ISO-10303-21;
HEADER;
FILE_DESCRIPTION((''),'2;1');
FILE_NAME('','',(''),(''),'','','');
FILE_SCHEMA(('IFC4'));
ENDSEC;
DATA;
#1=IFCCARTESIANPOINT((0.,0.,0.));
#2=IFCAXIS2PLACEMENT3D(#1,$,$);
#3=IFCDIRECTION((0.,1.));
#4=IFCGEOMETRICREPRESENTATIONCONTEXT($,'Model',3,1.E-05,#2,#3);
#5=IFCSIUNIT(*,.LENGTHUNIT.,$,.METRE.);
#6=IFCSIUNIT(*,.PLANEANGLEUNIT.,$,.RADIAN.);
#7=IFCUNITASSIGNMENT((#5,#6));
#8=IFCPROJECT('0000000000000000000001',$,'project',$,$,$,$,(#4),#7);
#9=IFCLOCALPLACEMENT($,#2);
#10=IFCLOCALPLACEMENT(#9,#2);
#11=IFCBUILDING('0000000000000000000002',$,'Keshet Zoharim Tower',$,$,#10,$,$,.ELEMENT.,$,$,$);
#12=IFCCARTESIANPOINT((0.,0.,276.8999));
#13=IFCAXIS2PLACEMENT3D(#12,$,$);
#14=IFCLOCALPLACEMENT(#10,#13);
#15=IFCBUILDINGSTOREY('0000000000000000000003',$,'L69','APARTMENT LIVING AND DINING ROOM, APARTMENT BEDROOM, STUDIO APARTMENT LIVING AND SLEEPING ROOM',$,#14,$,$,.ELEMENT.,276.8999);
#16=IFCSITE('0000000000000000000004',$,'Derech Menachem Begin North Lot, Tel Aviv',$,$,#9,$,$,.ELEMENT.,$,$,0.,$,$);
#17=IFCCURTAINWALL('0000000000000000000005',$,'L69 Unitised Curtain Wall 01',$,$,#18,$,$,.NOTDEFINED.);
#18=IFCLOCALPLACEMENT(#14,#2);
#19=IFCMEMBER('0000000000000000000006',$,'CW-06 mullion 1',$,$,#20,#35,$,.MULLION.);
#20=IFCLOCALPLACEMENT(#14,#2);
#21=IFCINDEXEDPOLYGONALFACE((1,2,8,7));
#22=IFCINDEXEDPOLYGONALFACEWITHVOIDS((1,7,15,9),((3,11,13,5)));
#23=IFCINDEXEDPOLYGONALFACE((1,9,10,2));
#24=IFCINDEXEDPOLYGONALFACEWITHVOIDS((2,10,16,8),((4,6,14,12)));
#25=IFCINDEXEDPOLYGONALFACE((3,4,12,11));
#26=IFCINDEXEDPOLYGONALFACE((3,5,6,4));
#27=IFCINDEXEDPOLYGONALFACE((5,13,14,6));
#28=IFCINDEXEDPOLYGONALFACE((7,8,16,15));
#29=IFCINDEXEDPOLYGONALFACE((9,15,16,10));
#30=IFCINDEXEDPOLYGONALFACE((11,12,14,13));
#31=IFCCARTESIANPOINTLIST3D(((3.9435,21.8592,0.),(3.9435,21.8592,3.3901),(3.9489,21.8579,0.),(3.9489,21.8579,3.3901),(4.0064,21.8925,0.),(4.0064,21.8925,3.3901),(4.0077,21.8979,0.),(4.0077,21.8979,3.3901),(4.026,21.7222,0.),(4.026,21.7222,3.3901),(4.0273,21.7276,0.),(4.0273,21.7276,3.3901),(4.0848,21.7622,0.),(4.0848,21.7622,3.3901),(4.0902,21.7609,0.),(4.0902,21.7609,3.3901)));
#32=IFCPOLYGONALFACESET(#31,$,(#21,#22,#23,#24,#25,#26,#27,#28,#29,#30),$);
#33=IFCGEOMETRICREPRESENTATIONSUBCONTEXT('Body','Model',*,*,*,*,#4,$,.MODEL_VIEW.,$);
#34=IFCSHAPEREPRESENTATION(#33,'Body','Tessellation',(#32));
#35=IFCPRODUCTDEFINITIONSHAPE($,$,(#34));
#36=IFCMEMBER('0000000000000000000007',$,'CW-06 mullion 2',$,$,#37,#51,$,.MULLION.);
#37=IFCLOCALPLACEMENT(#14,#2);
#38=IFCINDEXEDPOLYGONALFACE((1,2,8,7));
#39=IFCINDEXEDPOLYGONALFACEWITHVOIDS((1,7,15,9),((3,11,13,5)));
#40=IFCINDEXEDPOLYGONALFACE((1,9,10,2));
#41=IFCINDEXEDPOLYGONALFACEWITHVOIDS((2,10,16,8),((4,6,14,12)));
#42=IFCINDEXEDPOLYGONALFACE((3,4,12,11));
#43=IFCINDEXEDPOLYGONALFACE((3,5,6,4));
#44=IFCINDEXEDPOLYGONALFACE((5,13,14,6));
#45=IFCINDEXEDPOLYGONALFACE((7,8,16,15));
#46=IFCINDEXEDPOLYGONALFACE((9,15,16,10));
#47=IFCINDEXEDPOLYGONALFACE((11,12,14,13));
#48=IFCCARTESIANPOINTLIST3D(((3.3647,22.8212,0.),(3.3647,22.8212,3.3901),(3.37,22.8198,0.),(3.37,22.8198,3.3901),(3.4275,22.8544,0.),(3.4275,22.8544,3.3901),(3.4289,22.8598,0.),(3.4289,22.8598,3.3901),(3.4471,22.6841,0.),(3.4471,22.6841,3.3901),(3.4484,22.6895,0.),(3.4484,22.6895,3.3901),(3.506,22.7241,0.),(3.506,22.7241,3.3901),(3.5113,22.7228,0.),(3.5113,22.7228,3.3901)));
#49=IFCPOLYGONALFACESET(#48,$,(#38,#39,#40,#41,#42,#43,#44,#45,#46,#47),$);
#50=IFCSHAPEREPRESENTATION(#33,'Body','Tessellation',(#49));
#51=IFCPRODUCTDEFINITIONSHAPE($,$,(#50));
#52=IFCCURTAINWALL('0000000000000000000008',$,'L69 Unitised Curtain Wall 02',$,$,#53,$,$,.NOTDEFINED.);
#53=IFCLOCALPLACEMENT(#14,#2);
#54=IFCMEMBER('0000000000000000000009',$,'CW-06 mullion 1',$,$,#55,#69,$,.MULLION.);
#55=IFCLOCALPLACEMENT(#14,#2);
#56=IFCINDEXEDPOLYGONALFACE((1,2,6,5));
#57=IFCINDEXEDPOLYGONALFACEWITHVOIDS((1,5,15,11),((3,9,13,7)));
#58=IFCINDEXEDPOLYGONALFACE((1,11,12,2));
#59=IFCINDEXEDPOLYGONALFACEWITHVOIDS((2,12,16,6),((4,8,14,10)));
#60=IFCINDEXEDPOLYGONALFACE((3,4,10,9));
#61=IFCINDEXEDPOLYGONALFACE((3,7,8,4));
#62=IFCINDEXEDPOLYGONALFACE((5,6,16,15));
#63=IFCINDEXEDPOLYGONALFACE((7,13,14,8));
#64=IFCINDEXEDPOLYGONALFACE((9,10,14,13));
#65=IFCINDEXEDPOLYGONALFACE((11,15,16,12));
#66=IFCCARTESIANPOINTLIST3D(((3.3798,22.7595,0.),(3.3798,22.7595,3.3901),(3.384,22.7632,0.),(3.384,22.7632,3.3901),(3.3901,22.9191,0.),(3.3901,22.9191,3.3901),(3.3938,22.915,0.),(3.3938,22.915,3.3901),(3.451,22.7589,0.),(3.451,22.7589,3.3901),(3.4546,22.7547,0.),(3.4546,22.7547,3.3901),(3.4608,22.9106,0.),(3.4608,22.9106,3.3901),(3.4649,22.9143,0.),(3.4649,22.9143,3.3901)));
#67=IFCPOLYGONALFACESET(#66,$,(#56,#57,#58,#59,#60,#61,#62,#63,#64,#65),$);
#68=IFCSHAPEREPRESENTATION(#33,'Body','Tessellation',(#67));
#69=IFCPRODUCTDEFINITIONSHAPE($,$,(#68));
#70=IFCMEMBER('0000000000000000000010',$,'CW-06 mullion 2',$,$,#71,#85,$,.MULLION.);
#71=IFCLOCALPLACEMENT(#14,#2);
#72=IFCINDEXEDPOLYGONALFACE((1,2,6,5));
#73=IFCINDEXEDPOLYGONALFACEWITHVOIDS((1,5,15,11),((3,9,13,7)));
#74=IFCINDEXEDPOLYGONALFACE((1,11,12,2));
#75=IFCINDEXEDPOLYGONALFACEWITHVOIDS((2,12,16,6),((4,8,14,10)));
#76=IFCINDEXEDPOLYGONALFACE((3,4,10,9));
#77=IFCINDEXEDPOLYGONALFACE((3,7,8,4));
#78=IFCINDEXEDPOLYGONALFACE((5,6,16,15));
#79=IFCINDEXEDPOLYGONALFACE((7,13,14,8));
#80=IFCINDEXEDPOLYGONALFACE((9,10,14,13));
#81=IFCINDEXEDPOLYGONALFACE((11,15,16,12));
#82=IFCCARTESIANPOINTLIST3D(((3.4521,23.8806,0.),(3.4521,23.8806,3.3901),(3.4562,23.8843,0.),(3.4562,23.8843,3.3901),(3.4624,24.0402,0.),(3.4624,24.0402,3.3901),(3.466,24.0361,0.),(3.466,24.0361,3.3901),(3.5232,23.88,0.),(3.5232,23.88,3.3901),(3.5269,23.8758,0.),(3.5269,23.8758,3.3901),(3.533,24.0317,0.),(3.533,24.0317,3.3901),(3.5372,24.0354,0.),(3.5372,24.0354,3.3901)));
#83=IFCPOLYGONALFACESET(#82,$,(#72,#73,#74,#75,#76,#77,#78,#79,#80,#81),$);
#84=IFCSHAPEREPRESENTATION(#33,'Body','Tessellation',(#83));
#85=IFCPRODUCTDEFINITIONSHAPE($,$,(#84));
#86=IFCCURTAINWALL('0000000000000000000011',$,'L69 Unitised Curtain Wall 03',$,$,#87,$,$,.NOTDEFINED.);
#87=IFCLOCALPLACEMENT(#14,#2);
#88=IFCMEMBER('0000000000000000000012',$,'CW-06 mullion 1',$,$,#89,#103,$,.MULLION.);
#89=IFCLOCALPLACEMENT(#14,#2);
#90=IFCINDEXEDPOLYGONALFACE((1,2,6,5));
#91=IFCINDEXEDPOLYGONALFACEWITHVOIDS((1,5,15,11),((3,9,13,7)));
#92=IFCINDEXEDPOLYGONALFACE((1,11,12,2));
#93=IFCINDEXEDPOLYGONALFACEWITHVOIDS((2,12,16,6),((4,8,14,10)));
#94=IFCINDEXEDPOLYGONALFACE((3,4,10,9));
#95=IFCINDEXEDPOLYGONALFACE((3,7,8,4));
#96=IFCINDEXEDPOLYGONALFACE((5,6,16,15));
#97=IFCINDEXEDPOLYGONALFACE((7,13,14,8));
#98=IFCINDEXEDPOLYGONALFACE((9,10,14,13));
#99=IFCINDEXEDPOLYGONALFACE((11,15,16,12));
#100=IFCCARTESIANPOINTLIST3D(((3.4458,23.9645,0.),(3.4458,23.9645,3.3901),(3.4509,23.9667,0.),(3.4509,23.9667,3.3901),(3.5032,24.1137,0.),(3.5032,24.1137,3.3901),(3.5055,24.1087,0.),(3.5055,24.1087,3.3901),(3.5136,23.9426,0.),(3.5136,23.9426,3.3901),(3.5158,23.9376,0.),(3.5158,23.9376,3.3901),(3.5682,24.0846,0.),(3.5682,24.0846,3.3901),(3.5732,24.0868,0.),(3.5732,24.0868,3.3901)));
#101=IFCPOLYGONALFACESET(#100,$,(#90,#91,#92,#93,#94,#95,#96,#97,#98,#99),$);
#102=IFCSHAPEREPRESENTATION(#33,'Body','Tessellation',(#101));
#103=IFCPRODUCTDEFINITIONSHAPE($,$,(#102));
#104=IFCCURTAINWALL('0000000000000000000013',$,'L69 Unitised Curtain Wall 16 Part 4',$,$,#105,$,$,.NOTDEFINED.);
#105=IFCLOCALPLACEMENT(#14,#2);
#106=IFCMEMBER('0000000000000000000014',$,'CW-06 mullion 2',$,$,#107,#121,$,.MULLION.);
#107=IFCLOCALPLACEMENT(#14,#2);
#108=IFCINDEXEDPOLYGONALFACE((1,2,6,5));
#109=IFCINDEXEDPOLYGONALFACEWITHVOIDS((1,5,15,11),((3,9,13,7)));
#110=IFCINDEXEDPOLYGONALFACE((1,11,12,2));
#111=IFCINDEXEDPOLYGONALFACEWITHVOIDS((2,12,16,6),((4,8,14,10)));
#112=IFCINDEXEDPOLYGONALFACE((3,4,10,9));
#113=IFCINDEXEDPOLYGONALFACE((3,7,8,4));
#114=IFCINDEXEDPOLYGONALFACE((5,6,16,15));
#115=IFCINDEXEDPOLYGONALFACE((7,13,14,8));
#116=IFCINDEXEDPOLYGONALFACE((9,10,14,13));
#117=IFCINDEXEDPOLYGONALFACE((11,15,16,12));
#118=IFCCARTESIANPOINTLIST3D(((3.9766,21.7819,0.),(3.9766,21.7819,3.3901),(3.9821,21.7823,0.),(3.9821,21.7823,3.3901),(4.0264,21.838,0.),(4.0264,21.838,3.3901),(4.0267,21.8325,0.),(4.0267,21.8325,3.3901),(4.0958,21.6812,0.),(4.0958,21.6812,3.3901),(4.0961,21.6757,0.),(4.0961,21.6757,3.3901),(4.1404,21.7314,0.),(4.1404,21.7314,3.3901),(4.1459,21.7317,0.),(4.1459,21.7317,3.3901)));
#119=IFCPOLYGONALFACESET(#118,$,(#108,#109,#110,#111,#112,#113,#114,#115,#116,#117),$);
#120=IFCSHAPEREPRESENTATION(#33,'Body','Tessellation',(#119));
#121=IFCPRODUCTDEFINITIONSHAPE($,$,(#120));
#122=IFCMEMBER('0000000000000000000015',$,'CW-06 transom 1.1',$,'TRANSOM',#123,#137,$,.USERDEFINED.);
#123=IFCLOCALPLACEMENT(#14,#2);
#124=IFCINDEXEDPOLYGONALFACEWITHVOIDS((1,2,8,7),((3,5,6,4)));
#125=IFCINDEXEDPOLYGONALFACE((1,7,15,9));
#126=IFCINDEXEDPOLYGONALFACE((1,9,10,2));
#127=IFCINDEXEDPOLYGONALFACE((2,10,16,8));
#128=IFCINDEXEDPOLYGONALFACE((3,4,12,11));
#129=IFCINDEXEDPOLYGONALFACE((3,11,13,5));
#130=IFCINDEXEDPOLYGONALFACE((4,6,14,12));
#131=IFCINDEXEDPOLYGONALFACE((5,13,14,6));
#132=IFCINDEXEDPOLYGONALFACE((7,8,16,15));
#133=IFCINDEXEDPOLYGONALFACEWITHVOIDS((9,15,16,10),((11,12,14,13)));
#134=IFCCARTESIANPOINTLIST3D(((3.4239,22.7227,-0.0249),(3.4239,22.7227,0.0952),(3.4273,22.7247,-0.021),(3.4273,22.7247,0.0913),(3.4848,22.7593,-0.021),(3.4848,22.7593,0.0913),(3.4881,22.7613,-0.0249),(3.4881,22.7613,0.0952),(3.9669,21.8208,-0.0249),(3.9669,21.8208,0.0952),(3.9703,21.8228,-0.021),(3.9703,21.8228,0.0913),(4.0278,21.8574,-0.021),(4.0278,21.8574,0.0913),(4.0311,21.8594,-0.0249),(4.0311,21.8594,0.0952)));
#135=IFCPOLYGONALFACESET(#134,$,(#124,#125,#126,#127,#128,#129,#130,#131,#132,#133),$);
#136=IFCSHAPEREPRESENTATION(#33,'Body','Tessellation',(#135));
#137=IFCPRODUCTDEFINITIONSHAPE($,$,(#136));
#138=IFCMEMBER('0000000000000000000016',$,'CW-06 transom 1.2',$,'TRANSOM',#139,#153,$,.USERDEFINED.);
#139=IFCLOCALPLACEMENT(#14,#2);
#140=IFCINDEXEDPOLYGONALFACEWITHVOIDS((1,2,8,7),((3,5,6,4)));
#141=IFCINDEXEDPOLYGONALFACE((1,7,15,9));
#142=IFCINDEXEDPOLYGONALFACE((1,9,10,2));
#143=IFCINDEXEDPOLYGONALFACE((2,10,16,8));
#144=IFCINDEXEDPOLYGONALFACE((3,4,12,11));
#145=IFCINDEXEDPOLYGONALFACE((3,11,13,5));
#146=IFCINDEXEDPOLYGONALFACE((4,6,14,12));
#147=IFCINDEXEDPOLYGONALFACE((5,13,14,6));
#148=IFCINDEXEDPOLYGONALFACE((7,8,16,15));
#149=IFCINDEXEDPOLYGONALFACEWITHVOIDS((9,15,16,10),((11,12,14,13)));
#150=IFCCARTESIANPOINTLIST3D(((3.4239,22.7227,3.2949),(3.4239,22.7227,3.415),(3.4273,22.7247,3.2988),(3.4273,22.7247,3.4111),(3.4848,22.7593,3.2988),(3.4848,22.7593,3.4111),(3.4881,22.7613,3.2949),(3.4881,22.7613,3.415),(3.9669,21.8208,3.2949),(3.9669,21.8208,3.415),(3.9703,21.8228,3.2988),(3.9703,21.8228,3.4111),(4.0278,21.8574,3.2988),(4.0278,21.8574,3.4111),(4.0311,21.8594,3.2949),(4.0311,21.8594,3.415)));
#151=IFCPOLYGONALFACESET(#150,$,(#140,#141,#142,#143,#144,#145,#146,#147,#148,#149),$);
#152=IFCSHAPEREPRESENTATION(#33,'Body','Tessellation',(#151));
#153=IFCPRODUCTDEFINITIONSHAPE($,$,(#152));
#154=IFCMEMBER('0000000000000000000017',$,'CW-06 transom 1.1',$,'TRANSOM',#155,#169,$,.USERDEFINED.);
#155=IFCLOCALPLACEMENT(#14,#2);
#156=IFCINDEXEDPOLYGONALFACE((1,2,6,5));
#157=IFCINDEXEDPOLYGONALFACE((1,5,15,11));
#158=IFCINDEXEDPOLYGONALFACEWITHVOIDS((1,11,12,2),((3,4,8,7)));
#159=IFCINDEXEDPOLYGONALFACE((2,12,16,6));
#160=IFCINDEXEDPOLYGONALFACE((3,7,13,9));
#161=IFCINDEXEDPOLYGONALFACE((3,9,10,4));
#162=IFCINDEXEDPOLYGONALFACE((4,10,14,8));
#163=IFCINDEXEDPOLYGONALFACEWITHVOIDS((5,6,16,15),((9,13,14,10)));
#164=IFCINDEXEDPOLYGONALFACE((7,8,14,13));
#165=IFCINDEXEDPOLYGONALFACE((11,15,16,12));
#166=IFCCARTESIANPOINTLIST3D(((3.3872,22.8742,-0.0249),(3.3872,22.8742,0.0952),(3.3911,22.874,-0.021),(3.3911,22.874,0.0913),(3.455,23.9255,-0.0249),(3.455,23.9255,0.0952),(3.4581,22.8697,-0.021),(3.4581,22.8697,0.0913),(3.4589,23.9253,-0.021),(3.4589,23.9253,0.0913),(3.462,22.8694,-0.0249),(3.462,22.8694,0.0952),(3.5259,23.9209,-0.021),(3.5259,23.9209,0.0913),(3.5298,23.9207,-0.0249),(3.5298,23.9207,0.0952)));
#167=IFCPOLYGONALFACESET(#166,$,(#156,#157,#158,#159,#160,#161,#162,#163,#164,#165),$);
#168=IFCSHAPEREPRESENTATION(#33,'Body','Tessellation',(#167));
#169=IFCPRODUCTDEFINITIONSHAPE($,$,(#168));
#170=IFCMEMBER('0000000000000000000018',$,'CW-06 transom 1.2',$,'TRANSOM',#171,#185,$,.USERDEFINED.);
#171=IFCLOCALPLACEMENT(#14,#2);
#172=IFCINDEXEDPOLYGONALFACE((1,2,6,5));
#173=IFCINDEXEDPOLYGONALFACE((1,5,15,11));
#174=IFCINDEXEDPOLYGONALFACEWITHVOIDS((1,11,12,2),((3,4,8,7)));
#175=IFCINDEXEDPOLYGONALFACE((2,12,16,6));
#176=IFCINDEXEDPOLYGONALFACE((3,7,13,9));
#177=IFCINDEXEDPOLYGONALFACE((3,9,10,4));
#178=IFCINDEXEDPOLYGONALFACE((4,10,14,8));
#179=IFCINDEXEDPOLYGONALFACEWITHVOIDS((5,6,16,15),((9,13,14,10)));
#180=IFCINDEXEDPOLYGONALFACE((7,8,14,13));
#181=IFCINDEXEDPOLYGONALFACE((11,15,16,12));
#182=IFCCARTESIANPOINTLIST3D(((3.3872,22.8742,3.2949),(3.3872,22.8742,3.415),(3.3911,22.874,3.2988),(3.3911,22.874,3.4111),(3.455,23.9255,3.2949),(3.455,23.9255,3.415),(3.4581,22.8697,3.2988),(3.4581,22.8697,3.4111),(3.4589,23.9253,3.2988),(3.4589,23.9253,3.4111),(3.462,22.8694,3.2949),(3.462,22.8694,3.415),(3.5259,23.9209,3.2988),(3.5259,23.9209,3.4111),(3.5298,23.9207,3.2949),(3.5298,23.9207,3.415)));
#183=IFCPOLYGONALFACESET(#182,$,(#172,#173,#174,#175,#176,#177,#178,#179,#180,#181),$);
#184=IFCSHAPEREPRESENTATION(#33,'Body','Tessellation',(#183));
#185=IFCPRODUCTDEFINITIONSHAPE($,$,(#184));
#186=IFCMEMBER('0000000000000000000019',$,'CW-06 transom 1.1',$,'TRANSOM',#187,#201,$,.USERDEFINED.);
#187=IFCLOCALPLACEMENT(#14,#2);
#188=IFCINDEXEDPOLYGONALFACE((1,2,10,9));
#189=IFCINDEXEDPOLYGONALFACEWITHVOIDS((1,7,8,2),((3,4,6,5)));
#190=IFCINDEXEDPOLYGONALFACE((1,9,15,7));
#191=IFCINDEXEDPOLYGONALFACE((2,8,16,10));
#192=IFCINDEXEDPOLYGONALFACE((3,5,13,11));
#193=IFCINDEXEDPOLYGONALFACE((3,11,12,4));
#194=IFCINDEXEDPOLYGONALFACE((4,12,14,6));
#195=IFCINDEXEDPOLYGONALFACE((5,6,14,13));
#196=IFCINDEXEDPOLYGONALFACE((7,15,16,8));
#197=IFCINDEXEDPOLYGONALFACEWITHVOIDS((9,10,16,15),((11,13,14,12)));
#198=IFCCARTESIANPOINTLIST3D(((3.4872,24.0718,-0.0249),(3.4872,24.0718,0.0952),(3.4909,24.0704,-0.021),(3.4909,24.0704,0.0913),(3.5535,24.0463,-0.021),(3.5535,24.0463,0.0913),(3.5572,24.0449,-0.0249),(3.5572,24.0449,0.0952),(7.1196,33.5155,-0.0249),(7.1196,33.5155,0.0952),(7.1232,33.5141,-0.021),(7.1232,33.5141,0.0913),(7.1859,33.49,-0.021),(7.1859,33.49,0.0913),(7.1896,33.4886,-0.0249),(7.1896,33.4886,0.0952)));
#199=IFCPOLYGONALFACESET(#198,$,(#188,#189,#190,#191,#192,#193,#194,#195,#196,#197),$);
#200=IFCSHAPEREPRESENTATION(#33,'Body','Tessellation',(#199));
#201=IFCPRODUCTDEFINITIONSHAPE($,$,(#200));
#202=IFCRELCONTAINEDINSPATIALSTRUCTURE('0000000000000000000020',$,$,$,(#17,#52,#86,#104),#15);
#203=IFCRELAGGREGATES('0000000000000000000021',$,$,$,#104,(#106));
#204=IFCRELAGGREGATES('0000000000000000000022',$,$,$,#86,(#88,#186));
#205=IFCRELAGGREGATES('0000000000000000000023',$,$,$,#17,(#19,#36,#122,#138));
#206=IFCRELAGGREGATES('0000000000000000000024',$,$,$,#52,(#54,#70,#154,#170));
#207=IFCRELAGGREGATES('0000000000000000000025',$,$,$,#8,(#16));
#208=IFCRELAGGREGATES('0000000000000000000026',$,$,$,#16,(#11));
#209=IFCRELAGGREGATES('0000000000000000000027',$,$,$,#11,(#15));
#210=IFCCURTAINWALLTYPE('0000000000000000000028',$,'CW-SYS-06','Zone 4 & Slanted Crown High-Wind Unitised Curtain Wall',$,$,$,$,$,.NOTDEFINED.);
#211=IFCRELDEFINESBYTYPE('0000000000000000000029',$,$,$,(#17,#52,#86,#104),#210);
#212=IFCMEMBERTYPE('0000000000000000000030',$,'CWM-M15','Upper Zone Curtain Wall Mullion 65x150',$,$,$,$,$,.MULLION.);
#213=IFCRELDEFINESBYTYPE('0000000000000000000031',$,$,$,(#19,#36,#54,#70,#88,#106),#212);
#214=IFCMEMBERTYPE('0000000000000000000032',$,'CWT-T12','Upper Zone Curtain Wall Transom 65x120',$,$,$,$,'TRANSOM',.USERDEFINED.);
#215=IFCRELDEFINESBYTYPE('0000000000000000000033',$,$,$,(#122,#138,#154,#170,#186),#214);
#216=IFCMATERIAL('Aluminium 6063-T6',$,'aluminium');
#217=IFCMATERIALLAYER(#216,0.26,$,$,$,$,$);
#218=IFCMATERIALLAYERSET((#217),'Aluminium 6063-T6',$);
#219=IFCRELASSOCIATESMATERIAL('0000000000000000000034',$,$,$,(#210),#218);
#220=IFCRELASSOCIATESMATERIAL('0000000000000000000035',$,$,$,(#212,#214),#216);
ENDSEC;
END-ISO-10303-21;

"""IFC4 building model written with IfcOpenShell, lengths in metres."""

from ifc_helpers import new_model, si_unit, direction, frame, origin, origin_2d, place, context, subcontext, project, spatial, hollow_rectangle, extrude, material, layer, layer_set, material_profile, profile_set, type_object, element, aggregate, save


model = new_model("IFC4")

# Units and contexts
model_context = context("Model", 3, precision=1e-05, world=origin(), true_north=direction((0.0, 1.0)))
body_context = subcontext(model_context, "Body", "Model", "MODEL_VIEW")
ifc_project = project(units=[si_unit("LENGTHUNIT", "METRE"), si_unit("PLANEANGLEUNIT", "RADIAN")], contexts=[model_context])

# Site, building, storey
site_placement = place(None, origin())
site = spatial("IfcSite", under=ifc_project, at=site_placement, Name="Derech Menachem Begin North Lot, Tel Aviv", CompositionType="ELEMENT", RefElevation=0.0)
building_placement = place(site_placement, origin())
building = spatial("IfcBuilding", under=site, at=building_placement, Name="Keshet Zoharim Tower", CompositionType="ELEMENT")
storey_placement = place(building_placement, frame((0.0, 0.0, 276.8999)))
storey = spatial("IfcBuildingStorey", under=building, at=storey_placement, Name="L69", Description="APARTMENT LIVING AND DINING ROOM, APARTMENT BEDROOM, STUDIO APARTMENT LIVING AND SLEEPING ROOM", CompositionType="ELEMENT", Elevation=276.8999)

# Curtain walls, members
ifc_material_1 = material(Name="Aluminium 6063-T6", Category="aluminium")
ifc_layer_1 = layer(ifc_material_1, 0.26)
ifc_layer_set_1 = layer_set([ifc_layer_1], Name="Aluminium 6063-T6")
curtain_wall_type = type_object("IfcCurtainWallType", Name="CW-SYS-06", Description="Zone 4 & Slanted Crown High-Wind Unitised Curtain Wall", PredefinedType="NOTDEFINED", material=ifc_layer_set_1)
curtain_wall_1_placement = place(storey_placement, origin())
curtain_wall_1 = element("IfcCurtainWall", 1, at=curtain_wall_1_placement, inside=storey, type_object=curtain_wall_type, Name="L69 Unitised Curtain Wall 01", PredefinedType="NOTDEFINED")
ifc_material_profile_1 = material_profile(ifc_material_1, hollow_rectangle(XDim=0.075, YDim=0.1599, WallThickness=0.0039, at=origin_2d()), Name="MUL-75x160")
ifc_profile_set_1 = profile_set([ifc_material_profile_1], Name="Aluminium 6063-T6")
member_type_1 = type_object("IfcMemberType", Name="CWM-M15", Description="Upper Zone Curtain Wall Mullion 65x150", PredefinedType="MULLION", material=ifc_profile_set_1)
member_1_placement = place(storey_placement, frame((4.0168, 21.8101, 0.0), z_axis=(0.0, 0.0, 1.0), x_axis=(-0.856826, -0.515605, 0.0)))
member_1 = element("IfcMember", 2, at=member_1_placement, type_object=member_type_1, Name="CW-06 mullion 1", PredefinedType="MULLION", context=body_context, shape_type="SweptSolid", body=[
    extrude(hollow_rectangle(XDim=0.075, YDim=0.1599, WallThickness=0.0039, at=origin_2d()), origin(), (0.0, 0.0, 1.0), 3.3901),
])
member_2_placement = place(storey_placement, frame((3.438, 22.772, 0.0), z_axis=(0.0, 0.0, 1.0), x_axis=(-0.856826, -0.515605, 0.0)))
member_2 = element("IfcMember", 3, at=member_2_placement, type_object=member_type_1, Name="CW-06 mullion 2", PredefinedType="MULLION", context=body_context, shape_type="SweptSolid", body=[
    extrude(hollow_rectangle(XDim=0.075, YDim=0.1599, WallThickness=0.0039, at=origin_2d()), origin(), (0.0, 0.0, 1.0), 3.3901),
])
curtain_wall_2_placement = place(storey_placement, origin())
curtain_wall_2 = element("IfcCurtainWall", 4, at=curtain_wall_2_placement, inside=storey, type_object=curtain_wall_type, Name="L69 Unitised Curtain Wall 02", PredefinedType="NOTDEFINED")
member_3_placement = place(storey_placement, frame((3.4224, 22.8369, 0.0), z_axis=(0.0, 0.0, 1.0), x_axis=(-0.997917, 0.064517, 0.0)))
member_3 = element("IfcMember", 5, at=member_3_placement, type_object=member_type_1, Name="CW-06 mullion 1", PredefinedType="MULLION", context=body_context, shape_type="SweptSolid", body=[
    extrude(hollow_rectangle(XDim=0.075, YDim=0.1599, WallThickness=0.0039, at=origin_2d()), origin(), (0.0, 0.0, 1.0), 3.3901),
])
member_4_placement = place(storey_placement, frame((3.4946, 23.958, 0.0), z_axis=(0.0, 0.0, 1.0), x_axis=(-0.997917, 0.064517, 0.0)))
member_4 = element("IfcMember", 6, at=member_4_placement, type_object=member_type_1, Name="CW-06 mullion 2", PredefinedType="MULLION", context=body_context, shape_type="SweptSolid", body=[
    extrude(hollow_rectangle(XDim=0.075, YDim=0.1599, WallThickness=0.0039, at=origin_2d()), origin(), (0.0, 0.0, 1.0), 3.3901),
])

# Curtain walls, members
curtain_wall_3_placement = place(storey_placement, origin())
curtain_wall_3 = element("IfcCurtainWall", 7, at=curtain_wall_3_placement, inside=storey, type_object=curtain_wall_type, Name="L69 Unitised Curtain Wall 03", PredefinedType="NOTDEFINED")
member_5_placement = place(storey_placement, frame((3.5095, 24.0256, 0.0), z_axis=(0.0, 0.0, 1.0), x_axis=(-0.933341, 0.35899, 0.0)))
member_5 = element("IfcMember", 8, at=member_5_placement, type_object=member_type_1, Name="CW-06 mullion 1", PredefinedType="MULLION", context=body_context, shape_type="SweptSolid", body=[
    extrude(hollow_rectangle(XDim=0.075, YDim=0.1599, WallThickness=0.0039, at=origin_2d()), origin(), (0.0, 0.0, 1.0), 3.3901),
])
curtain_wall_4_placement = place(storey_placement, origin())
curtain_wall_4 = element("IfcCurtainWall", 9, at=curtain_wall_4_placement, inside=storey, type_object=curtain_wall_type, Name="L69 Unitised Curtain Wall 16 Part 4", PredefinedType="NOTDEFINED")
member_6_placement = place(storey_placement, frame((4.0613, 21.7568, 0.0), z_axis=(0.0, 0.0, 1.0), x_axis=(-0.664364, -0.747409, 0.0)))
member_6 = element("IfcMember", 10, at=member_6_placement, type_object=member_type_1, Name="CW-06 mullion 2", PredefinedType="MULLION", context=body_context, shape_type="SweptSolid", body=[
    extrude(hollow_rectangle(XDim=0.075, YDim=0.1599, WallThickness=0.0039, at=origin_2d()), origin(), (0.0, 0.0, 1.0), 3.3901),
])
aggregate(curtain_wall_4, [member_6])

# Members
ifc_material_profile_2 = material_profile(ifc_material_1, hollow_rectangle(XDim=0.075, YDim=0.1201, WallThickness=0.0039, at=origin_2d()), Name="TRN-75x120")
ifc_profile_set_2 = profile_set([ifc_material_profile_2], Name="Aluminium 6063-T6")
member_type_2 = type_object("IfcMemberType", Name="CWT-T12", Description="Upper Zone Curtain Wall Transom 65x120", ElementType="TRANSOM", PredefinedType="USERDEFINED", material=ifc_profile_set_2)
member_7_placement = place(storey_placement, frame((3.999, 21.8401, 0.0352), z_axis=(-0.515791, 0.856714, 0.0), x_axis=(-0.856714, -0.515791, 0.0)))
member_7 = element("IfcMember", 11, at=member_7_placement, type_object=member_type_2, Name="CW-06 transom 1.1", ObjectType="TRANSOM", PredefinedType="USERDEFINED", context=body_context, shape_type="SweptSolid", body=[
    extrude(hollow_rectangle(XDim=0.075, YDim=0.1201, WallThickness=0.0039, at=origin_2d()), origin(), (0.0, 0.0, 1.0), 1.0527),
])
member_8_placement = place(storey_placement, frame((3.999, 21.8401, 3.355), z_axis=(-0.515791, 0.856714, 0.0), x_axis=(-0.856714, -0.515791, 0.0)))
member_8 = element("IfcMember", 12, at=member_8_placement, type_object=member_type_2, Name="CW-06 transom 1.2", ObjectType="TRANSOM", PredefinedType="USERDEFINED", context=body_context, shape_type="SweptSolid", body=[
    extrude(hollow_rectangle(XDim=0.075, YDim=0.1201, WallThickness=0.0039, at=origin_2d()), origin(), (0.0, 0.0, 1.0), 1.0527),
])
member_9_placement = place(storey_placement, frame((3.4246, 22.8718, 0.0352), z_axis=(0.064427, 0.997922, 0.0), x_axis=(-0.997922, 0.064427, 0.0)))
member_9 = element("IfcMember", 13, at=member_9_placement, type_object=member_type_2, Name="CW-06 transom 1.1", ObjectType="TRANSOM", PredefinedType="USERDEFINED", context=body_context, shape_type="SweptSolid", body=[
    extrude(hollow_rectangle(XDim=0.075, YDim=0.1201, WallThickness=0.0039, at=origin_2d()), origin(), (0.0, 0.0, 1.0), 1.0535),
])
member_10_placement = place(storey_placement, frame((3.4246, 22.8718, 3.355), z_axis=(0.064427, 0.997922, 0.0), x_axis=(-0.997922, 0.064427, 0.0)))
member_10 = element("IfcMember", 14, at=member_10_placement, type_object=member_type_2, Name="CW-06 transom 1.2", ObjectType="TRANSOM", PredefinedType="USERDEFINED", context=body_context, shape_type="SweptSolid", body=[
    extrude(hollow_rectangle(XDim=0.075, YDim=0.1201, WallThickness=0.0039, at=origin_2d()), origin(), (0.0, 0.0, 1.0), 1.0535),
])
member_11_placement = place(storey_placement, frame((3.5222, 24.0583, 0.0352), z_axis=(0.358994, 0.93334, 0.0), x_axis=(-0.93334, 0.358994, 0.0)))
member_11 = element("IfcMember", 15, at=member_11_placement, type_object=member_type_2, Name="CW-06 transom 1.1", ObjectType="TRANSOM", PredefinedType="USERDEFINED", context=body_context, shape_type="SweptSolid", body=[
    extrude(hollow_rectangle(XDim=0.075, YDim=0.1201, WallThickness=0.0039, at=origin_2d()), origin(), (0.0, 0.0, 1.0), 10.1182),
])
aggregate(curtain_wall_3, [member_5, member_11])

aggregate(curtain_wall_1, [member_1, member_2, member_7, member_8])
aggregate(curtain_wall_2, [member_3, member_4, member_9, member_10])

save(model, "model.ifc")
